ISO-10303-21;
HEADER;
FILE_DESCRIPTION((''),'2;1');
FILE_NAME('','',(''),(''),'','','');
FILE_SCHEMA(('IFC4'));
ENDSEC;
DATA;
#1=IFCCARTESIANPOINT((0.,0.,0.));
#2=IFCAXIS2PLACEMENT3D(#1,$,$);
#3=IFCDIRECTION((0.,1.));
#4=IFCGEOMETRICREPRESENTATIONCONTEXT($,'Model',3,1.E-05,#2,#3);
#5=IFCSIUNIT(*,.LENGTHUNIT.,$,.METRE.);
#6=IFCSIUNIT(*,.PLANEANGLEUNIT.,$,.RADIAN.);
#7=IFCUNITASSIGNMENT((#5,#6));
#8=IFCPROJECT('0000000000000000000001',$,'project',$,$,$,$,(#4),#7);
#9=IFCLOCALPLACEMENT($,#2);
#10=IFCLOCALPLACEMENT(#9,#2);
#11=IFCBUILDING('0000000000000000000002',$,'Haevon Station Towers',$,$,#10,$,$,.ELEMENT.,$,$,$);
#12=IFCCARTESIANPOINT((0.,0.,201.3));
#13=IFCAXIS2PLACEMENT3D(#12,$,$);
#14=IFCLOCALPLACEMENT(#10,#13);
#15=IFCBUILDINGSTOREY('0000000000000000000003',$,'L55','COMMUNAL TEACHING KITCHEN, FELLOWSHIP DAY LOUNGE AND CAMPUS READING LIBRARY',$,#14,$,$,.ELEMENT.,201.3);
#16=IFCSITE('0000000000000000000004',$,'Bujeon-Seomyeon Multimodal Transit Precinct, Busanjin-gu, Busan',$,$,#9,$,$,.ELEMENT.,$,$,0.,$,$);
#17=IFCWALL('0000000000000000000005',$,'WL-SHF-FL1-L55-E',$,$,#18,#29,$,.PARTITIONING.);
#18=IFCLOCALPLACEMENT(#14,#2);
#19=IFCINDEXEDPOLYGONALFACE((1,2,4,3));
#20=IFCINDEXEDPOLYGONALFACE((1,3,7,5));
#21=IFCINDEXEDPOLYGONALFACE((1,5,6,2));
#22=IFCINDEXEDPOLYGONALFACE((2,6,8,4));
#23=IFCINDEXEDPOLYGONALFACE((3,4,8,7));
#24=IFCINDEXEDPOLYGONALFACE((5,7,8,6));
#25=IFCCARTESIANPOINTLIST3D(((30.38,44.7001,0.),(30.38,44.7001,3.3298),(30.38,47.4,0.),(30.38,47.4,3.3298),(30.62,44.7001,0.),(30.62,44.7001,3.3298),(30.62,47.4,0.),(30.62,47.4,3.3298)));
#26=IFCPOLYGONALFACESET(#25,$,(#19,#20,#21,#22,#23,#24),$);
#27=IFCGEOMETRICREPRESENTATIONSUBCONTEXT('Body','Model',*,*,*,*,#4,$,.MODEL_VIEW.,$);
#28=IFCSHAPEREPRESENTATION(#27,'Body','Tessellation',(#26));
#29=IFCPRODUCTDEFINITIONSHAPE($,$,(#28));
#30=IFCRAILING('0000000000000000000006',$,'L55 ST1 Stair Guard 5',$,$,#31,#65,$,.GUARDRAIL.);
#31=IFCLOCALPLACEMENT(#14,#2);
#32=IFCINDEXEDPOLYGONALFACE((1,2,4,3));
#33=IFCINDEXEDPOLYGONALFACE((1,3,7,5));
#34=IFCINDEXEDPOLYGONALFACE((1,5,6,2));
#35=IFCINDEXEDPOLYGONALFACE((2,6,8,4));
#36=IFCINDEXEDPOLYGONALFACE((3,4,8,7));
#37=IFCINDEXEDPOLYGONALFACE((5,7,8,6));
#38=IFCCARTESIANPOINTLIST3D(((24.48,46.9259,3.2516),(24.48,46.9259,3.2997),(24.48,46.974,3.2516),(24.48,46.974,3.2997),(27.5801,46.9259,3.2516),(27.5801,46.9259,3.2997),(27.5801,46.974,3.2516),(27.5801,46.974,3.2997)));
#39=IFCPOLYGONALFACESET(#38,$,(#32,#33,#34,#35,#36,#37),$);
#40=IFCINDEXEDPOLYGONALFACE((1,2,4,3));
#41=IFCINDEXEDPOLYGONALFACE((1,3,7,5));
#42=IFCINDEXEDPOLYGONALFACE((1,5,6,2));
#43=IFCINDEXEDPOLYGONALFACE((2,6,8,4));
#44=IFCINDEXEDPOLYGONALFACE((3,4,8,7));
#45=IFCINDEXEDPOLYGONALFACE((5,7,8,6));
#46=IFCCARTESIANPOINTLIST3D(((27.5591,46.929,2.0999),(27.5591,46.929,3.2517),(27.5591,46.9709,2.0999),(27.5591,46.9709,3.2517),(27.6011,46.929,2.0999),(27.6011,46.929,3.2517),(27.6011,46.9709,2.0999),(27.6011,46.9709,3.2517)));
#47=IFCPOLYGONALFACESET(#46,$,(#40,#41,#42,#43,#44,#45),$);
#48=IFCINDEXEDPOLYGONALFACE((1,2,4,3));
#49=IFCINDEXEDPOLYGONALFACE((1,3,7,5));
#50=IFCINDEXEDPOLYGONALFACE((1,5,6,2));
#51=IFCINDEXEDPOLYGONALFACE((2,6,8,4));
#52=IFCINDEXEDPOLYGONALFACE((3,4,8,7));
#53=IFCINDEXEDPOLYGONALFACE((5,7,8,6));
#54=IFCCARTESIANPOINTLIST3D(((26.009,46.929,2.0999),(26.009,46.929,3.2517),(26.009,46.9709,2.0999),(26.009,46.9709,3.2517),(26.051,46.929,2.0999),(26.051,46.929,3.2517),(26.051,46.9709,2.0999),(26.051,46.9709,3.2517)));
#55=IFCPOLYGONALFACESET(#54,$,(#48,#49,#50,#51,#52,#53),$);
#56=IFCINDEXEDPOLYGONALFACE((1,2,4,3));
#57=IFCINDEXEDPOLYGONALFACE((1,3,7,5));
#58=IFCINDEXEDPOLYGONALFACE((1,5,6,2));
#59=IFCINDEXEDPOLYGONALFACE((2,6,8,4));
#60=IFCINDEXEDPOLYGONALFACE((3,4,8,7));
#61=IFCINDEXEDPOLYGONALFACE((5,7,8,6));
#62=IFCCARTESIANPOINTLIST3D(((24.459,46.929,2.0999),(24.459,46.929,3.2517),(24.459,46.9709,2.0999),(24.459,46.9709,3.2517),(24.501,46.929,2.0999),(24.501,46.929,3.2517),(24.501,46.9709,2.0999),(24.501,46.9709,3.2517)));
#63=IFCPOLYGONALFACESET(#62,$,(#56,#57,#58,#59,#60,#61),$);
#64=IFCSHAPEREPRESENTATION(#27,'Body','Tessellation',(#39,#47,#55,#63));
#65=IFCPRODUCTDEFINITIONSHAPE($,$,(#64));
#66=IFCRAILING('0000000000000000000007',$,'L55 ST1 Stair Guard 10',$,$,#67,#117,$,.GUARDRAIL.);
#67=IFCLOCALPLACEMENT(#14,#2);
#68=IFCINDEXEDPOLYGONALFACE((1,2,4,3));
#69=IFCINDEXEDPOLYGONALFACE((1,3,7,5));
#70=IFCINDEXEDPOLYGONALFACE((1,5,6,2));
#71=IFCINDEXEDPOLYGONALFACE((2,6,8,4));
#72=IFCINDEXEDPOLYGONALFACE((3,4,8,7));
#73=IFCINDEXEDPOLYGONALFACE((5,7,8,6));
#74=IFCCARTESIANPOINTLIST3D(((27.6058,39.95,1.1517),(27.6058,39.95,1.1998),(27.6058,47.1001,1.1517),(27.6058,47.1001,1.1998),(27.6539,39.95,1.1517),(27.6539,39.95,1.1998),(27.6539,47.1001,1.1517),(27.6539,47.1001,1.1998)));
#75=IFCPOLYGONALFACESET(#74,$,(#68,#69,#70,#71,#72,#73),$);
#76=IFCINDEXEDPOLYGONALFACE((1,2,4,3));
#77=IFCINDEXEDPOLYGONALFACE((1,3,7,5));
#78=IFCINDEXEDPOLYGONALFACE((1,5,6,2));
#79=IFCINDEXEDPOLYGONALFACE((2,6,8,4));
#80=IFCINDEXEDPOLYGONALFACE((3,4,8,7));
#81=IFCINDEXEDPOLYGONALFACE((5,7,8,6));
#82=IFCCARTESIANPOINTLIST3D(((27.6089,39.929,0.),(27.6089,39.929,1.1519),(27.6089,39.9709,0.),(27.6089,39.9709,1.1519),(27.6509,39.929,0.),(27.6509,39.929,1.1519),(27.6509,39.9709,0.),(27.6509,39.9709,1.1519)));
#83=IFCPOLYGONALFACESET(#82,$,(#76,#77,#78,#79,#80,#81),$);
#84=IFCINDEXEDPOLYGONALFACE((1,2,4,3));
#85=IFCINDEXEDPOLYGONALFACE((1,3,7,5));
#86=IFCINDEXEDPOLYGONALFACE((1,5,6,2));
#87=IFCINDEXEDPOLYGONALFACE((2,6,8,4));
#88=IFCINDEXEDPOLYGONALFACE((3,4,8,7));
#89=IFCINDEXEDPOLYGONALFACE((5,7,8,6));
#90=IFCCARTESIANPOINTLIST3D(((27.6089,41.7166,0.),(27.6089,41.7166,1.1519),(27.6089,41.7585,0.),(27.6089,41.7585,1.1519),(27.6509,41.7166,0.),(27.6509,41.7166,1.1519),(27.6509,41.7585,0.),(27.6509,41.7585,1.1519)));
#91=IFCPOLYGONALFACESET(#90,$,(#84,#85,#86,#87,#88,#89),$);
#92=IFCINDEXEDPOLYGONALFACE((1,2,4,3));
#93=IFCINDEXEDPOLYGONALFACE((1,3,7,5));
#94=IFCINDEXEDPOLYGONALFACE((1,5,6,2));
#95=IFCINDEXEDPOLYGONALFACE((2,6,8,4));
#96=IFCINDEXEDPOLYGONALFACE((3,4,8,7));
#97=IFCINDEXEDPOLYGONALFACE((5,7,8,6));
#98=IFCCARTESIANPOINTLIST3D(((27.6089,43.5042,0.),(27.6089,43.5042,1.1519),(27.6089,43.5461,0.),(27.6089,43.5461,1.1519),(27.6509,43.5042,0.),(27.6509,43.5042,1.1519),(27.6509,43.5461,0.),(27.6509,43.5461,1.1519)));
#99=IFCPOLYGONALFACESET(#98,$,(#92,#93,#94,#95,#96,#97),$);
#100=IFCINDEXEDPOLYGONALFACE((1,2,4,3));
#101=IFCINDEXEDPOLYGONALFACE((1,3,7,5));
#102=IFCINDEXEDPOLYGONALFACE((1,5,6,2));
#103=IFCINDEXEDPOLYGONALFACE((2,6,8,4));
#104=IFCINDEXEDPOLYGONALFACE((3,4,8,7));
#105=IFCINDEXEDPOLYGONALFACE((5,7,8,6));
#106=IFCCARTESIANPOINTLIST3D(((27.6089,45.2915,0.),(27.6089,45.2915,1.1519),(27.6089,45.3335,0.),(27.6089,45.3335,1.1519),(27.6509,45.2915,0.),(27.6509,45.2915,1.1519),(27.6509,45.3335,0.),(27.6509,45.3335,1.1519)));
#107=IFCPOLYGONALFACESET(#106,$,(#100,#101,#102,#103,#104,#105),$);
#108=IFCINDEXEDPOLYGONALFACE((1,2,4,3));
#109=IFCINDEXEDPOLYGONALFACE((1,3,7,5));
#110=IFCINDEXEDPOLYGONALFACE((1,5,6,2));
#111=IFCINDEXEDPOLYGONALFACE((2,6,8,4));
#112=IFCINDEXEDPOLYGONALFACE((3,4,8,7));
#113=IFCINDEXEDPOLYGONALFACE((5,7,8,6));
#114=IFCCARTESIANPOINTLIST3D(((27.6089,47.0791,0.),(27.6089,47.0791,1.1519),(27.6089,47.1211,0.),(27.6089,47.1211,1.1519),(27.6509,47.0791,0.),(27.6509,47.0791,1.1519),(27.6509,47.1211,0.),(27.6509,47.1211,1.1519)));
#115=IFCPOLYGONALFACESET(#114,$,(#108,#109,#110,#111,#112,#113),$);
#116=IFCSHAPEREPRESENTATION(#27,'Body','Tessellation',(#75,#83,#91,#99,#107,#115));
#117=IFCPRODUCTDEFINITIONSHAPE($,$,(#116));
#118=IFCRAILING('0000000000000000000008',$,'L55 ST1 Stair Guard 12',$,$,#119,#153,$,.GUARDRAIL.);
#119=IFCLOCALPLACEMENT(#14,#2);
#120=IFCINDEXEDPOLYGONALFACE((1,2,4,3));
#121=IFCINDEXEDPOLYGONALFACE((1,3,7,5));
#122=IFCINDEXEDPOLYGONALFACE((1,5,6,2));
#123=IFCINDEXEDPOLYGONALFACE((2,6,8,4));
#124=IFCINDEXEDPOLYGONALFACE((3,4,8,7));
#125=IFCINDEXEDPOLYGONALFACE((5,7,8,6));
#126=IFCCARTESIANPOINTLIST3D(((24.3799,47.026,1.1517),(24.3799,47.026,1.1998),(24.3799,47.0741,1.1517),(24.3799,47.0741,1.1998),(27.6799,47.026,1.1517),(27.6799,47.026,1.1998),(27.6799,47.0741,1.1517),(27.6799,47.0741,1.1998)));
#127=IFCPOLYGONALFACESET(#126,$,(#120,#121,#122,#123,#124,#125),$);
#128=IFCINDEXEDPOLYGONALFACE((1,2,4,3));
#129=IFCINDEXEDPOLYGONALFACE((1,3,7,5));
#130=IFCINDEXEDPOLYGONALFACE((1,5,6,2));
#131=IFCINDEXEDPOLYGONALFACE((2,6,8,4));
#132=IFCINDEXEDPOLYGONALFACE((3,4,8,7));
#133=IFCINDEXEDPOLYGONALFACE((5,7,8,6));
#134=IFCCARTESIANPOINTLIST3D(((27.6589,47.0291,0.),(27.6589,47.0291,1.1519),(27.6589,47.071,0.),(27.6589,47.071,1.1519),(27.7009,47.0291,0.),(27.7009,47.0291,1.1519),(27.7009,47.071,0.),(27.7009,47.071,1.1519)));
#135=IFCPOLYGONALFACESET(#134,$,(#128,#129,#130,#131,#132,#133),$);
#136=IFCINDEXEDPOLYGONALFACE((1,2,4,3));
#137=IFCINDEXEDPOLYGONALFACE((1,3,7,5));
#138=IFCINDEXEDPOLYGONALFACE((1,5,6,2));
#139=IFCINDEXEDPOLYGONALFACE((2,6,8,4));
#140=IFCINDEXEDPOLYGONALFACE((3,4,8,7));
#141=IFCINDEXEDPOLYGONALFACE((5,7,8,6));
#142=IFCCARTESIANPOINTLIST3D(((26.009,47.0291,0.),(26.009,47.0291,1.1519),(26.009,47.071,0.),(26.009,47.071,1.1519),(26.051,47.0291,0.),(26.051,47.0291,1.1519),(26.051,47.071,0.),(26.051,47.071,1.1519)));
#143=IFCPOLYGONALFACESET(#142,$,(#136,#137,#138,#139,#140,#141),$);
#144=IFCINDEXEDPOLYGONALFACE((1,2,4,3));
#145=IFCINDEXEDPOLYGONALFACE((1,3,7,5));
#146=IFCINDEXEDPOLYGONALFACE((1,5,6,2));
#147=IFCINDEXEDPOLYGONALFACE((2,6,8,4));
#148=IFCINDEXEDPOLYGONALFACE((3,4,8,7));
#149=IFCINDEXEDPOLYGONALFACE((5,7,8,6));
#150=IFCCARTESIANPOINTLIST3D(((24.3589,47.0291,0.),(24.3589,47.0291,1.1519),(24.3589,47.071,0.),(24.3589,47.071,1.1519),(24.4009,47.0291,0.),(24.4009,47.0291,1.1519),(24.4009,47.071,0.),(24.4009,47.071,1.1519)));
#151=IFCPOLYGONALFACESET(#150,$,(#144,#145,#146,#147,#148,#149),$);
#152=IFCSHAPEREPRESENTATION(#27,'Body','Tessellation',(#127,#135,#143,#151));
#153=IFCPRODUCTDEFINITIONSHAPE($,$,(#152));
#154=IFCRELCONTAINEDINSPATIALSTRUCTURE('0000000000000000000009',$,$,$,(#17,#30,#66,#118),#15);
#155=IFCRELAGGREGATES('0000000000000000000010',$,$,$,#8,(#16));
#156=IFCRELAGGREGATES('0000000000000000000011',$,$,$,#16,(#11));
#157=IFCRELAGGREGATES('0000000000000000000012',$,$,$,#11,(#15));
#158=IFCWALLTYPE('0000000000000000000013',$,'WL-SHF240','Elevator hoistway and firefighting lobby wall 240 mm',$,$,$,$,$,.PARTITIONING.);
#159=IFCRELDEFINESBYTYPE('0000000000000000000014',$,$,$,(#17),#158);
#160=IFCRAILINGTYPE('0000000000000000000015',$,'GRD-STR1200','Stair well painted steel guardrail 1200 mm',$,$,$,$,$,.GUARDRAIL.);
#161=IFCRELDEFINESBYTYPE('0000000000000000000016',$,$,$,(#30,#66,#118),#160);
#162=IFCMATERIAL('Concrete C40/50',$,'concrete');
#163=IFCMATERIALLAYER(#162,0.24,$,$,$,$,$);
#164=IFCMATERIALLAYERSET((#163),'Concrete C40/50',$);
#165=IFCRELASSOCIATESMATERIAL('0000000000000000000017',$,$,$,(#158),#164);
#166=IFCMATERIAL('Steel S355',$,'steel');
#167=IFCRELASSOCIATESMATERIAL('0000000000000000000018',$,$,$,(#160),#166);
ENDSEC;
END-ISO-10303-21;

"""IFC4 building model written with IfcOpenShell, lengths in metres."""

from ifc_helpers import new_model, si_unit, direction, frame, frame_2d, origin, origin_2d, place, context, subcontext, project, spatial, rectangle, extrude, material, layer, layer_set, type_object, element, save


model = new_model("IFC4")

# Units and contexts
model_context = context("Model", 3, precision=1e-05, world=origin(), true_north=direction((0.0, 1.0)))
body_context = subcontext(model_context, "Body", "Model", "MODEL_VIEW")
ifc_project = project(units=[si_unit("LENGTHUNIT", "METRE"), si_unit("PLANEANGLEUNIT", "RADIAN")], contexts=[model_context])

# Site, building, storey
site_placement = place(None, origin())
site = spatial("IfcSite", under=ifc_project, at=site_placement, Name="Bujeon-Seomyeon Multimodal Transit Precinct, Busanjin-gu, Busan", CompositionType="ELEMENT", RefElevation=0.0)
building_placement = place(site_placement, origin())
building = spatial("IfcBuilding", under=site, at=building_placement, Name="Haevon Station Towers", CompositionType="ELEMENT")
storey_placement = place(building_placement, frame((0.0, 0.0, 201.3)))
storey = spatial("IfcBuildingStorey", under=building, at=storey_placement, Name="L55", Description="COMMUNAL TEACHING KITCHEN, FELLOWSHIP DAY LOUNGE AND CAMPUS READING LIBRARY", CompositionType="ELEMENT", Elevation=201.3)

# Shared definitions
ifc_material_1 = material(Name="Steel S355", Category="steel")

# Shared definitions
ifc_material_2 = material(Name="Concrete C40/50", Category="concrete")
ifc_layer_1 = layer(ifc_material_2, 0.24)
ifc_layer_set_1 = layer_set([ifc_layer_1], Name="Concrete C40/50")
wall_type_1 = type_object("IfcWallType", Name="WL-SHF240", Description="Elevator hoistway and firefighting lobby wall 240 mm", PredefinedType="PARTITIONING", material=ifc_layer_set_1)

# Wall
wall_1_placement = place(storey_placement, frame((30.5, 44.7, 0.0), z_axis=(0.0, 0.0, 1.0), x_axis=(0.0, 1.0, 0.0)))
element("IfcWall", 1, at=wall_1_placement, inside=storey, type_object=wall_type_1, Name="WL-SHF-FL1-L55-E", PredefinedType="PARTITIONING", context=body_context, shape_type="SweptSolid", body=[
    extrude(rectangle(XDim=2.7, YDim=0.24, at=frame_2d((1.3501, 0.0))), origin(), (0.0, 0.0, 1.0), 3.3298),
])

# Railings
railing_type = type_object("IfcRailingType", Name="GRD-STR1200", Description="Stair well painted steel guardrail 1200 mm", PredefinedType="GUARDRAIL", material=ifc_material_1)
railing_1_placement = place(storey_placement, frame((27.5801, 46.95, 2.0999)))
element("IfcRailing", 2, at=railing_1_placement, inside=storey, type_object=railing_type, Name="L55 ST1 Stair Guard 5", PredefinedType="GUARDRAIL", context=body_context, shape_type="SweptSolid", body=[
    extrude(rectangle(XDim=0.0481, YDim=0.0481, at=origin_2d()), frame((0.0, 0.0, 1.1758), z_axis=(-1.0, 0.0, 0.0), x_axis=(0.0, -1.0, 0.0)), (0.0, 0.0, 1.0), 3.1001),
    extrude(rectangle(XDim=0.042, YDim=0.042, at=origin_2d()), origin(), (0.0, 0.0, 1.0), 1.1519),
    extrude(rectangle(XDim=0.042, YDim=0.042, at=origin_2d()), frame((-1.55, 0.0, 0.0)), (0.0, 0.0, 1.0), 1.1519),
    extrude(rectangle(XDim=0.042, YDim=0.042, at=origin_2d()), frame((-3.1001, 0.0, 0.0)), (0.0, 0.0, 1.0), 1.1519),
])
railing_2_placement = place(storey_placement, frame((27.6299, 39.95, 0.0)))
element("IfcRailing", 3, at=railing_2_placement, inside=storey, type_object=railing_type, Name="L55 ST1 Stair Guard 10", PredefinedType="GUARDRAIL", context=body_context, shape_type="SweptSolid", body=[
    extrude(rectangle(XDim=0.0481, YDim=0.0481, at=origin_2d()), frame((0.0, 0.0, 1.1758), z_axis=(0.0, 1.0, 0.0), x_axis=(-1.0, 0.0, 0.0)), (0.0, 0.0, 1.0), 7.1501),
    extrude(rectangle(XDim=0.042, YDim=0.042, at=origin_2d()), origin(), (0.0, 0.0, 1.0), 1.1519),
    extrude(rectangle(XDim=0.042, YDim=0.042, at=origin_2d()), frame((0.0, 1.7876, 0.0)), (0.0, 0.0, 1.0), 1.1519),
    extrude(rectangle(XDim=0.042, YDim=0.042, at=origin_2d()), frame((0.0, 3.5752, 0.0)), (0.0, 0.0, 1.0), 1.1519),
    extrude(rectangle(XDim=0.042, YDim=0.042, at=origin_2d()), frame((0.0, 5.3625, 0.0)), (0.0, 0.0, 1.0), 1.1519),
    extrude(rectangle(XDim=0.042, YDim=0.042, at=origin_2d()), frame((0.0, 7.1501, 0.0)), (0.0, 0.0, 1.0), 1.1519),
])
railing_3_placement = place(storey_placement, frame((27.6799, 47.05, 0.0)))
element("IfcRailing", 4, at=railing_3_placement, inside=storey, type_object=railing_type, Name="L55 ST1 Stair Guard 12", PredefinedType="GUARDRAIL", context=body_context, shape_type="SweptSolid", body=[
    extrude(rectangle(XDim=0.0481, YDim=0.0481, at=origin_2d()), frame((0.0, 0.0, 1.1758), z_axis=(-1.0, 0.0, 0.0), x_axis=(0.0, -1.0, 0.0)), (0.0, 0.0, 1.0), 3.3),
    extrude(rectangle(XDim=0.042, YDim=0.042, at=origin_2d()), origin(), (0.0, 0.0, 1.0), 1.1519),
    extrude(rectangle(XDim=0.042, YDim=0.042, at=origin_2d()), frame((-1.6499, 0.0, 0.0)), (0.0, 0.0, 1.0), 1.1519),
    extrude(rectangle(XDim=0.042, YDim=0.042, at=origin_2d()), frame((-3.3, 0.0, 0.0)), (0.0, 0.0, 1.0), 1.1519),
])

save(model, "model.ifc")
